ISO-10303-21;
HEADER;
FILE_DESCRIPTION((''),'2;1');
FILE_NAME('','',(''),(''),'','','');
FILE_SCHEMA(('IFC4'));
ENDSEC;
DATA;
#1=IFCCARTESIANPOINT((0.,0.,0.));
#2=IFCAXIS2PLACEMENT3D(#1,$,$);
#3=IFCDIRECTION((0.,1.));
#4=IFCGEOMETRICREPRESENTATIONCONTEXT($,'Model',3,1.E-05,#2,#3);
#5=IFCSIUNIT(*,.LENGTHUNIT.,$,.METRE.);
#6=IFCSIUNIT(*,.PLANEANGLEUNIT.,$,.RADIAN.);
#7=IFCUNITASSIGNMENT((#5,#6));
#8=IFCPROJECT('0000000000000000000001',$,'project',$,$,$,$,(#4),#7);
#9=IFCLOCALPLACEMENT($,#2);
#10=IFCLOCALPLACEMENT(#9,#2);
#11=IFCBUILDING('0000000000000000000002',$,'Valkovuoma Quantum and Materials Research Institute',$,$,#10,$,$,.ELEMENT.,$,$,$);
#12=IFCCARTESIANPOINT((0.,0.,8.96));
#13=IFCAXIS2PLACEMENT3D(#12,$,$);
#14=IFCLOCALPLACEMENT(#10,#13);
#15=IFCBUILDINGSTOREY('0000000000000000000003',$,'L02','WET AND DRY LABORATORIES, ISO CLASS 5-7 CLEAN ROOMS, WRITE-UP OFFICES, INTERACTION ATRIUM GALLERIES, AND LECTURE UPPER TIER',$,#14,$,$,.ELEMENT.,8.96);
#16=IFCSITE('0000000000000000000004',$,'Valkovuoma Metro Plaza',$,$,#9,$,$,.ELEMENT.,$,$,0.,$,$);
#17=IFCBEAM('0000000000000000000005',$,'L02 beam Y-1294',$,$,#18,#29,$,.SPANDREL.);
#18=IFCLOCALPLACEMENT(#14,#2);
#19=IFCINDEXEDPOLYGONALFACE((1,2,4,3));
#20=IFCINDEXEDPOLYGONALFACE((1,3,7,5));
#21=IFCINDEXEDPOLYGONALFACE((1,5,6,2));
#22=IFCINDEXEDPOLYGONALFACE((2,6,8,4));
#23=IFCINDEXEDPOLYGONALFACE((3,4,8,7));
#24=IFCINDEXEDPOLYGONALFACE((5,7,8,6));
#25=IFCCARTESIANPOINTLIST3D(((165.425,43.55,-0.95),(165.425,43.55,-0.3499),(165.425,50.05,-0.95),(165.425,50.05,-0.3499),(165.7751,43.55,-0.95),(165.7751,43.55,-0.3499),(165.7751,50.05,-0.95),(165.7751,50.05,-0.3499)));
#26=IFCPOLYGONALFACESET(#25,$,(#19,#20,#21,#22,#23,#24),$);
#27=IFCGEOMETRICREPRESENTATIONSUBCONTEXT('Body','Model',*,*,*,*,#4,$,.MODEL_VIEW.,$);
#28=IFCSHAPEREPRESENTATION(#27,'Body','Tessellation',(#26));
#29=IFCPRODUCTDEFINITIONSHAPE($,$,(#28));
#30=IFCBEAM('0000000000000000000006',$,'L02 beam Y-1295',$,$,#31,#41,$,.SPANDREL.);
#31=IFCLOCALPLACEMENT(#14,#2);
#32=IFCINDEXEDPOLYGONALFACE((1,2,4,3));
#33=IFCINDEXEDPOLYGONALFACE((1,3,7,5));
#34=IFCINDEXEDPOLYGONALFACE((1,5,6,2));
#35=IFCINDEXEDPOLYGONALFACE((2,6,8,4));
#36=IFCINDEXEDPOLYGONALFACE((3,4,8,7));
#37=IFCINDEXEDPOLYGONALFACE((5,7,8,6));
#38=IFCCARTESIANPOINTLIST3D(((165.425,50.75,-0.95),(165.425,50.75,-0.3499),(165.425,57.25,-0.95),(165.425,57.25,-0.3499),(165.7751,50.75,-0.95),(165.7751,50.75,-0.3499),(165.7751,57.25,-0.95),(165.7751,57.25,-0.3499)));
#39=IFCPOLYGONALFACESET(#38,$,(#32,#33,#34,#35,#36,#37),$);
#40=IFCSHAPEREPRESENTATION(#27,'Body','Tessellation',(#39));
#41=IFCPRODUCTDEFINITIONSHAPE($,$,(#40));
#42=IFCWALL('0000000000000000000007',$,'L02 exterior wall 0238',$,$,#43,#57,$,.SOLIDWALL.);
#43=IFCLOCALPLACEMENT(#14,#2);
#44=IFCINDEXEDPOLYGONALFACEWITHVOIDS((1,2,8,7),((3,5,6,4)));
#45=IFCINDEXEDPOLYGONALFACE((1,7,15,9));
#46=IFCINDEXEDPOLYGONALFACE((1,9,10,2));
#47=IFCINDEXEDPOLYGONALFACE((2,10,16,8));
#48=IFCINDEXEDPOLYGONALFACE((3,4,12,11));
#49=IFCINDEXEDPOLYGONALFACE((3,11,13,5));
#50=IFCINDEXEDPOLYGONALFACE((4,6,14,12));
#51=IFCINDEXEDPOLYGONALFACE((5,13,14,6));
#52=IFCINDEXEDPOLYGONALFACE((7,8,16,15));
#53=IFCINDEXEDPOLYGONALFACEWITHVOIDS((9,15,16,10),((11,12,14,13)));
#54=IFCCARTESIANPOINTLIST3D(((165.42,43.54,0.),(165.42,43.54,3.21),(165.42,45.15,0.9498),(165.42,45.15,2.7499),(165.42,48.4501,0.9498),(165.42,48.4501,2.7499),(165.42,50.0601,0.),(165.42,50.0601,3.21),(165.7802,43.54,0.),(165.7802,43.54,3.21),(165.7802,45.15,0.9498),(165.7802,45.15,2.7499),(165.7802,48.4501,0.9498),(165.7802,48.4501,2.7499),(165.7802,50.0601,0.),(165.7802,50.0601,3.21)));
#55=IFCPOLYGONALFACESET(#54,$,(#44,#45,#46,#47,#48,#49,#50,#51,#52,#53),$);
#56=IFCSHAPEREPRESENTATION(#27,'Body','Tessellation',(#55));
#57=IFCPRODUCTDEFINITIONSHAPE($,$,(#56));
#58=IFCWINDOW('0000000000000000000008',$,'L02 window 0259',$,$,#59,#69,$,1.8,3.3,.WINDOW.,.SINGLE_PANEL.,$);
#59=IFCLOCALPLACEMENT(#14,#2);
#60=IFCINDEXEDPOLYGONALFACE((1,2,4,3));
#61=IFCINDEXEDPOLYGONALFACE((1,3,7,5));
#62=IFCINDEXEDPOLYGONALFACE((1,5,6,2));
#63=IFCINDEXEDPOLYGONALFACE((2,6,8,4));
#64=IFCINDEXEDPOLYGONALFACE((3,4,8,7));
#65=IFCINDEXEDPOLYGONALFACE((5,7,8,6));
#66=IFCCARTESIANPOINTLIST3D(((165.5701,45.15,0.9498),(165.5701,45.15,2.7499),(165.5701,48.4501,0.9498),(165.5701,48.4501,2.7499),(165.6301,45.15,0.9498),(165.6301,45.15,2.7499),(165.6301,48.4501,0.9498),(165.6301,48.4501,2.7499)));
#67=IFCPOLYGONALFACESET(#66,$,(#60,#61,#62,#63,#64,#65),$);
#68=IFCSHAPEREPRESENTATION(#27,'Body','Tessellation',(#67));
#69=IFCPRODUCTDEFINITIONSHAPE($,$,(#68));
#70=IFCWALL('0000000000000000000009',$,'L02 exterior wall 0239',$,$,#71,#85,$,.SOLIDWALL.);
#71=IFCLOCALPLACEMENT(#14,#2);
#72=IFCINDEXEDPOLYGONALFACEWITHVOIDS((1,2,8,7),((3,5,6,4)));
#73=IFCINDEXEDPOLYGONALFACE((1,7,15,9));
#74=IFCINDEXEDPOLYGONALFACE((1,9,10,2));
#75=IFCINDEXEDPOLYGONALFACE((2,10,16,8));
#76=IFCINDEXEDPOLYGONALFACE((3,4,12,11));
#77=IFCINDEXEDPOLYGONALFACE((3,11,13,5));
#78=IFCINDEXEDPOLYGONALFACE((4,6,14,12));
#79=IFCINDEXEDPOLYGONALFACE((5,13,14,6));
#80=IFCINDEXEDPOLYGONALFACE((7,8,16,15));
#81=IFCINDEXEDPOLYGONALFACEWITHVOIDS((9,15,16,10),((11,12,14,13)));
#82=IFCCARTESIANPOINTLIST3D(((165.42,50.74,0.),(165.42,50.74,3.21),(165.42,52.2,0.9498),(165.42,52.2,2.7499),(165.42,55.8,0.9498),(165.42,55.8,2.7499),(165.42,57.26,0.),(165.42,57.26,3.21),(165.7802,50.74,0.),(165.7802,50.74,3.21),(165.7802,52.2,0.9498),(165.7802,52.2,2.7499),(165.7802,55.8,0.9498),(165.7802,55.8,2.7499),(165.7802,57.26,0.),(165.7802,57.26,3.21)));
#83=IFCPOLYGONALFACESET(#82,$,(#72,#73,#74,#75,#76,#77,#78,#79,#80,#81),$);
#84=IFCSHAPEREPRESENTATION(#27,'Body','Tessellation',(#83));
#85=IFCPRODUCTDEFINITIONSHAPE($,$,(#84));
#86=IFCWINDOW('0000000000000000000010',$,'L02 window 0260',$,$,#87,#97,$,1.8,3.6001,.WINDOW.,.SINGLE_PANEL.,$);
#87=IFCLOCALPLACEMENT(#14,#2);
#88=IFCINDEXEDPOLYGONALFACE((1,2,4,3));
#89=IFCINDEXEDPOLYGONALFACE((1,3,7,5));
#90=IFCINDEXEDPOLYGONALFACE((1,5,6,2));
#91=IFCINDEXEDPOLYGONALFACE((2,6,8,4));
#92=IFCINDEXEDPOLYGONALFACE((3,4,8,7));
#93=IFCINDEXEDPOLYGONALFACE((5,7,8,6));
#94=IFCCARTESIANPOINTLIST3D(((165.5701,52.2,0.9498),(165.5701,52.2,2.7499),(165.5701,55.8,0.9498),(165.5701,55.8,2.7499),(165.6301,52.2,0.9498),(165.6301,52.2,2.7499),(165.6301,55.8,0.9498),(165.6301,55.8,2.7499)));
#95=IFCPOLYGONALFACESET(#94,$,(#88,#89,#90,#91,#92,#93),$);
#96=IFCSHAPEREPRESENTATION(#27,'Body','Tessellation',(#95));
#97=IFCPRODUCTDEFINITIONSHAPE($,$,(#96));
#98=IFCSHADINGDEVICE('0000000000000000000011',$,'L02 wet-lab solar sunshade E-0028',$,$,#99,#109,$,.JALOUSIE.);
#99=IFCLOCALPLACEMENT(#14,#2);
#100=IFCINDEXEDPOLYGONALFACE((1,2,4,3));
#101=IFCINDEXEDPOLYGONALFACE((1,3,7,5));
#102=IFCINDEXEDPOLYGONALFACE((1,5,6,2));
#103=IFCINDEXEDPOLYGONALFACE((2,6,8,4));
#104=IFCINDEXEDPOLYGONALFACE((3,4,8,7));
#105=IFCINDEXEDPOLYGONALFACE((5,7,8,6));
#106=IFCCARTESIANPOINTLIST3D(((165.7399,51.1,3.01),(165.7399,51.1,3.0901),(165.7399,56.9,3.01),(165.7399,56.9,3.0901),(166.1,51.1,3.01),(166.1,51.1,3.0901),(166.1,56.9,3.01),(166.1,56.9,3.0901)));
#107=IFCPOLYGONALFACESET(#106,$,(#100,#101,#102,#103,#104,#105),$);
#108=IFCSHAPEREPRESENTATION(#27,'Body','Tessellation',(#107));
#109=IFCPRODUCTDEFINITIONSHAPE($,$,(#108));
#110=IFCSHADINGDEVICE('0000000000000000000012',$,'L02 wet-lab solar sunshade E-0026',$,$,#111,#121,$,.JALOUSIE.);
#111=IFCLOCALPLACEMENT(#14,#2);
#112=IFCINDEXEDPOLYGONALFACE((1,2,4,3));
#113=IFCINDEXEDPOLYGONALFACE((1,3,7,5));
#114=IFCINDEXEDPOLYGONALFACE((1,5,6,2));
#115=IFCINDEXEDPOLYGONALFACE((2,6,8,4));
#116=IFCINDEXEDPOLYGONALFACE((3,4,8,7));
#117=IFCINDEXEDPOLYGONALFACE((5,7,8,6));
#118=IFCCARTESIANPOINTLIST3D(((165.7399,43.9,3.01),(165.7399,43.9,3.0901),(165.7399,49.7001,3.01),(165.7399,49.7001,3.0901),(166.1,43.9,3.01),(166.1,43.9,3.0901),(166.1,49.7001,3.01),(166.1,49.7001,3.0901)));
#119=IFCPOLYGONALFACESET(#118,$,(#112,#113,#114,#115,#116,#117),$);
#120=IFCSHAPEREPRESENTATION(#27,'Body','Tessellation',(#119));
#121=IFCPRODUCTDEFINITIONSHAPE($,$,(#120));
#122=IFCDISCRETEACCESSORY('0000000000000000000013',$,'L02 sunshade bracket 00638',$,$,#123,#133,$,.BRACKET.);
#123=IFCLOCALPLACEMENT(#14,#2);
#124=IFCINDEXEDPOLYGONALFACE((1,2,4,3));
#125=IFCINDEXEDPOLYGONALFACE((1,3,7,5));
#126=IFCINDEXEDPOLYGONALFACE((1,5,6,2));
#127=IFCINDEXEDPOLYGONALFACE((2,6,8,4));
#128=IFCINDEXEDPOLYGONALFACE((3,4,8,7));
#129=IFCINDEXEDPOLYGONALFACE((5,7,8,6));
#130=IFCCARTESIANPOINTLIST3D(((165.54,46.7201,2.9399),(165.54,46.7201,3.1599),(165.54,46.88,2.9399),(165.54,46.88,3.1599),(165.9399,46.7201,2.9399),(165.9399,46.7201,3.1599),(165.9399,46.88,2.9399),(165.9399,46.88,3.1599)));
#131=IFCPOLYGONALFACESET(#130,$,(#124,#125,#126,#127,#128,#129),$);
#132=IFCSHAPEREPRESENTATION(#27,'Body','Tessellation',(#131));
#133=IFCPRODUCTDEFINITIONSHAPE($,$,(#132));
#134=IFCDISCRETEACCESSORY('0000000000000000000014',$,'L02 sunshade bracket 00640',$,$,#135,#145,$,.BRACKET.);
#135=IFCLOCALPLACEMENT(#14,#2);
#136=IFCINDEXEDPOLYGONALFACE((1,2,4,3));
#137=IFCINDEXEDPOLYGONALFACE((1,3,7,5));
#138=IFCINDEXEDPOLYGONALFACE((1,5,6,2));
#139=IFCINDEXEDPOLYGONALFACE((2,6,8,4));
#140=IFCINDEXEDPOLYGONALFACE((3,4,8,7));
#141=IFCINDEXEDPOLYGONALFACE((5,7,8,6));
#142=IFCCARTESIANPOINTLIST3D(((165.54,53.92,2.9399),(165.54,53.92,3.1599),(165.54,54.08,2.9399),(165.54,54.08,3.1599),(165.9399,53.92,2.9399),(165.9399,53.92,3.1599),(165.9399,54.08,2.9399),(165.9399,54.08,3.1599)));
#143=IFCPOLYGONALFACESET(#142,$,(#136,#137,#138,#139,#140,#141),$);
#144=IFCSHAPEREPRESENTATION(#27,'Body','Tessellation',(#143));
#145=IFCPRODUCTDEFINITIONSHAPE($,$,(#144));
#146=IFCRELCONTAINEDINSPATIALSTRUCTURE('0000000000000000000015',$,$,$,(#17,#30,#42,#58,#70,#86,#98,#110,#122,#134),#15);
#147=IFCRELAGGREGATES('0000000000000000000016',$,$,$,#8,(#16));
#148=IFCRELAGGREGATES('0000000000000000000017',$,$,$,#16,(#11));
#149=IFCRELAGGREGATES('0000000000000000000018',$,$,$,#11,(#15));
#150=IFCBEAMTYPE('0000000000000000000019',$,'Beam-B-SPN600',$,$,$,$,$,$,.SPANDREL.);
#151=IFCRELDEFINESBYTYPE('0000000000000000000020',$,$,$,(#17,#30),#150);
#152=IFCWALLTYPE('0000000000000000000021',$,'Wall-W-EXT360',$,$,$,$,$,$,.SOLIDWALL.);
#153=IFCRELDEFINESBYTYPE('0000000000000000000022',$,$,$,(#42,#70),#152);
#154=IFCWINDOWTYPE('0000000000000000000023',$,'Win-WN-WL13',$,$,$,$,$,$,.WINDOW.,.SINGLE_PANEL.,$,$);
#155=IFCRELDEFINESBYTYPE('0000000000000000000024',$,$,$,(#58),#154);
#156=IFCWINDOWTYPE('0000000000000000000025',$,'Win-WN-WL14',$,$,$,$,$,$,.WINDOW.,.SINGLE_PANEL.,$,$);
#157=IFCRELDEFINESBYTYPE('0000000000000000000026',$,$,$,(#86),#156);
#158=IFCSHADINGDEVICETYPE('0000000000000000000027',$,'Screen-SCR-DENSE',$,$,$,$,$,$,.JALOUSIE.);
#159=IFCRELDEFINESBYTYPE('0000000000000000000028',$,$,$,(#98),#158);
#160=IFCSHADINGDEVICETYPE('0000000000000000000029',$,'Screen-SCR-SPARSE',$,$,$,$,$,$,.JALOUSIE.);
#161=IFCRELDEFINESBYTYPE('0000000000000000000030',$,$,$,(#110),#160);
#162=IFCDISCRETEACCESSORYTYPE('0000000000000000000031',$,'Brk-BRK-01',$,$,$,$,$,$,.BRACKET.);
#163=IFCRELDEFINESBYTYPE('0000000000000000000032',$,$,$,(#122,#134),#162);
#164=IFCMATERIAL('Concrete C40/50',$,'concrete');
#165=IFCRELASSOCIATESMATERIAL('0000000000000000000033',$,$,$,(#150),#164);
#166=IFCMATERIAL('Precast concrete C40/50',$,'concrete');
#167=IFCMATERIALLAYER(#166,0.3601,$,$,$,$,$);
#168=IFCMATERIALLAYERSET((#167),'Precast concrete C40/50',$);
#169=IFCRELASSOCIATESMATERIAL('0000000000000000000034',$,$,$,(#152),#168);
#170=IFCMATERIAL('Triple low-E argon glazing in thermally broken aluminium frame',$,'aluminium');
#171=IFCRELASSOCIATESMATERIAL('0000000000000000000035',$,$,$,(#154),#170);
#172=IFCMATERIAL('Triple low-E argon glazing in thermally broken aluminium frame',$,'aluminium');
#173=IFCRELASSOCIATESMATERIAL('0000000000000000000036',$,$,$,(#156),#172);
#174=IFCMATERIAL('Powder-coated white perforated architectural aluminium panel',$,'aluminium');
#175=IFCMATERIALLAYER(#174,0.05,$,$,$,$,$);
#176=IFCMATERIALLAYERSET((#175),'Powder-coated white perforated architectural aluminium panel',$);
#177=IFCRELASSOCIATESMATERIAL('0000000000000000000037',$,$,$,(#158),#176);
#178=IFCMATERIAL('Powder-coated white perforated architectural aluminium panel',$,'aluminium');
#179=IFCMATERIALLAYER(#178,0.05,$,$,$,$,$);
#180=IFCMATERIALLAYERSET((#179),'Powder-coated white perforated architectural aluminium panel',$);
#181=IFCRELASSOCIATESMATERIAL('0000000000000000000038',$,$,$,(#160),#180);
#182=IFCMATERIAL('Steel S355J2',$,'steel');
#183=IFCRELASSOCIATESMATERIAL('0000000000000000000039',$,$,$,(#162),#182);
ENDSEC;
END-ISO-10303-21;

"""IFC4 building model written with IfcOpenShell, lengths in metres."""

from ifc_helpers import new_model, si_unit, direction, frame, frame_2d, origin, origin_2d, place, context, subcontext, project, spatial, rectangle, extrude, material, layer, layer_set, material_profile, profile_set, type_object, element, fill, save


model = new_model("IFC4")

# Units and contexts
model_context = context("Model", 3, precision=1e-05, world=origin(), true_north=direction((0.0, 1.0)))
body_context = subcontext(model_context, "Body", "Model", "MODEL_VIEW")
ifc_project = project(units=[si_unit("LENGTHUNIT", "METRE"), si_unit("PLANEANGLEUNIT", "RADIAN")], contexts=[model_context])

# Site, building, storey
site_placement = place(None, origin())
site = spatial("IfcSite", under=ifc_project, at=site_placement, Name="Valkovuoma Metro Plaza", CompositionType="ELEMENT", RefElevation=0.0)
building_placement = place(site_placement, origin())
building = spatial("IfcBuilding", under=site, at=building_placement, Name="Valkovuoma Quantum and Materials Research Institute", CompositionType="ELEMENT")
storey_placement = place(building_placement, frame((0.0, 0.0, 8.96)))
storey = spatial("IfcBuildingStorey", under=building, at=storey_placement, Name="L02", Description="WET AND DRY LABORATORIES, ISO CLASS 5-7 CLEAN ROOMS, WRITE-UP OFFICES, INTERACTION ATRIUM GALLERIES, AND LECTURE UPPER TIER", CompositionType="ELEMENT", Elevation=8.96)

# Beams
ifc_material_1 = material(Name="Concrete C40/50", Category="concrete")
ifc_material_profile_1 = material_profile(ifc_material_1, rectangle(XDim=0.3501, YDim=0.6001, at=origin_2d()), Name="Concrete C40/50")
ifc_profile_set_1 = profile_set([ifc_material_profile_1], Name="Concrete C40/50")
beam_type_1 = type_object("IfcBeamType", Name="Beam-B-SPN600", PredefinedType="SPANDREL", material=ifc_profile_set_1)
for number, where, z_axis, x_axis, name in (
    (1, (165.6001, 43.55, -0.6499), (0.0, 1.0, 0.0), (-1.0, 0.0, 0.0), "L02 beam Y-1294"),
    (2, (165.6001, 50.75, -0.6499), (0.0, 1.0, 0.0), (-1.0, 0.0, 0.0), "L02 beam Y-1295"),
):
    element("IfcBeam", number, at=place(storey_placement, frame(where, z_axis=z_axis, x_axis=x_axis)), inside=storey, type_object=beam_type_1, Name=name, PredefinedType="SPANDREL", context=body_context, shape_type="SweptSolid", body=[
        extrude(rectangle(XDim=0.3501, YDim=0.6001, at=origin_2d()), origin(), (0.0, 0.0, 1.0), 6.5),
    ])

# Walls, openings, windows
ifc_material_2 = material(Name="Precast concrete C40/50", Category="concrete")
ifc_layer_1 = layer(ifc_material_2, 0.3601)
ifc_layer_set_1 = layer_set([ifc_layer_1], Name="Precast concrete C40/50")
wall_type = type_object("IfcWallType", Name="Wall-W-EXT360", PredefinedType="SOLIDWALL", material=ifc_layer_set_1)
wall_1_placement = place(storey_placement, frame((165.6001, 43.54, 0.0), z_axis=(0.0, 0.0, 1.0), x_axis=(0.0, 1.0, 0.0)))
wall_1 = element("IfcWall", 3, at=wall_1_placement, inside=storey, type_object=wall_type, Name="L02 exterior wall 0238", PredefinedType="SOLIDWALL", context=body_context, shape_type="SweptSolid", body=[
    extrude(rectangle(XDim=6.52, YDim=0.3601, at=frame_2d((3.26, 0.0))), origin(), (0.0, 0.0, 1.0), 3.21),
])
opening_1_placement = place(wall_1_placement, frame((1.6101, 0.0, 0.95)))
opening_1 = element("IfcOpeningElement", 4, at=opening_1_placement, cuts=wall_1, PredefinedType="OPENING", context=body_context, shape_type="SweptSolid", body=[
    extrude(rectangle(XDim=3.3, YDim=1.8, at=frame_2d((1.6499, 0.8999))), frame((0.0, 0.1899, 0.0), z_axis=(0.0, -1.0, 0.0), x_axis=(1.0, 0.0, 0.0)), (0.0, 0.0, 1.0), 0.3801),
])
ifc_material_3 = material(Name="Triple low-E argon glazing in thermally broken aluminium frame", Category="aluminium")
window_type_1 = type_object("IfcWindowType", Name="Win-WN-WL13", PartitioningType="SINGLE_PANEL", PredefinedType="WINDOW", material=ifc_material_3)
window_1_placement = place(opening_1_placement, origin())
window_1 = element("IfcWindow", 5, at=window_1_placement, inside=storey, type_object=window_type_1, Name="L02 window 0259", OverallHeight=1.8, OverallWidth=3.3, PartitioningType="SINGLE_PANEL", PredefinedType="WINDOW", context=body_context, shape_type="SweptSolid", body=[
    extrude(rectangle(XDim=3.3, YDim=1.8, at=frame_2d((1.6499, 0.8999))), frame((0.0, 0.03, 0.0), z_axis=(0.0, -1.0, 0.0), x_axis=(1.0, 0.0, 0.0)), (0.0, 0.0, 1.0), 0.0601),
])
fill(opening_1, window_1)
wall_2_placement = place(storey_placement, frame((165.6001, 50.74, 0.0), z_axis=(0.0, 0.0, 1.0), x_axis=(0.0, 1.0, 0.0)))
wall_2 = element("IfcWall", 6, at=wall_2_placement, inside=storey, type_object=wall_type, Name="L02 exterior wall 0239", PredefinedType="SOLIDWALL", context=body_context, shape_type="SweptSolid", body=[
    extrude(rectangle(XDim=6.52, YDim=0.3601, at=frame_2d((3.26, 0.0))), origin(), (0.0, 0.0, 1.0), 3.21),
])
opening_2_placement = place(wall_2_placement, frame((1.46, 0.0, 0.95)))
opening_2 = element("IfcOpeningElement", 7, at=opening_2_placement, cuts=wall_2, PredefinedType="OPENING", context=body_context, shape_type="SweptSolid", body=[
    extrude(rectangle(XDim=3.6001, YDim=1.8, at=frame_2d((1.8, 0.8999))), frame((0.0, 0.1899, 0.0), z_axis=(0.0, -1.0, 0.0), x_axis=(1.0, 0.0, 0.0)), (0.0, 0.0, 1.0), 0.3801),
])
ifc_material_4 = material(Name="Triple low-E argon glazing in thermally broken aluminium frame", Category="aluminium")
window_type_2 = type_object("IfcWindowType", Name="Win-WN-WL14", PartitioningType="SINGLE_PANEL", PredefinedType="WINDOW", material=ifc_material_4)
window_2_placement = place(opening_2_placement, origin())
window_2 = element("IfcWindow", 8, at=window_2_placement, inside=storey, type_object=window_type_2, Name="L02 window 0260", OverallHeight=1.8, OverallWidth=3.6001, PartitioningType="SINGLE_PANEL", PredefinedType="WINDOW", context=body_context, shape_type="SweptSolid", body=[
    extrude(rectangle(XDim=3.6001, YDim=1.8, at=frame_2d((1.8, 0.8999))), frame((0.0, 0.03, 0.0), z_axis=(0.0, -1.0, 0.0), x_axis=(1.0, 0.0, 0.0)), (0.0, 0.0, 1.0), 0.0601),
])
fill(opening_2, window_2)

# Shading devices
ifc_material_5 = material(Name="Powder-coated white perforated architectural aluminium panel", Category="aluminium")
ifc_layer_2 = layer(ifc_material_5, 0.05)
ifc_layer_set_2 = layer_set([ifc_layer_2], Name="Powder-coated white perforated architectural aluminium panel")
shading_device_type_1 = type_object("IfcShadingDeviceType", Name="Screen-SCR-DENSE", PredefinedType="JALOUSIE", material=ifc_layer_set_2)
shading_device_1_placement = place(storey_placement, frame((165.9199, 54.0, 3.01), z_axis=(0.0, 0.0, 1.0), x_axis=(1.0, 0.0, 0.0)))
element("IfcShadingDevice", 9, at=shading_device_1_placement, inside=storey, type_object=shading_device_type_1, Name="L02 wet-lab solar sunshade E-0028", PredefinedType="JALOUSIE", context=body_context, shape_type="SweptSolid", body=[
    extrude(rectangle(XDim=0.3601, YDim=5.8, at=origin_2d()), origin(), (0.0, 0.0, 1.0), 0.0801),
])
ifc_material_6 = material(Name="Powder-coated white perforated architectural aluminium panel", Category="aluminium")
ifc_layer_3 = layer(ifc_material_6, 0.05)
ifc_layer_set_3 = layer_set([ifc_layer_3], Name="Powder-coated white perforated architectural aluminium panel")
shading_device_type_2 = type_object("IfcShadingDeviceType", Name="Screen-SCR-SPARSE", PredefinedType="JALOUSIE", material=ifc_layer_set_3)
shading_device_2_placement = place(storey_placement, frame((165.9199, 46.8, 3.01), z_axis=(0.0, 0.0, 1.0), x_axis=(1.0, 0.0, 0.0)))
element("IfcShadingDevice", 10, at=shading_device_2_placement, inside=storey, type_object=shading_device_type_2, Name="L02 wet-lab solar sunshade E-0026", PredefinedType="JALOUSIE", context=body_context, shape_type="SweptSolid", body=[
    extrude(rectangle(XDim=0.3601, YDim=5.8, at=origin_2d()), origin(), (0.0, 0.0, 1.0), 0.0801),
])

# Discrete accessories
ifc_material_7 = material(Name="Steel S355J2", Category="steel")
discrete_accessory_type = type_object("IfcDiscreteAccessoryType", Name="Brk-BRK-01", PredefinedType="BRACKET", material=ifc_material_7)
for number, where, z_axis, x_axis, name in (
    (11, (165.74, 46.8, 2.9399), (0.0, 0.0, 1.0), (1.0, 0.0, 0.0), "L02 sunshade bracket 00638"),
    (12, (165.74, 54.0, 2.9399), (0.0, 0.0, 1.0), (1.0, 0.0, 0.0), "L02 sunshade bracket 00640"),
):
    element("IfcDiscreteAccessory", number, at=place(storey_placement, frame(where, z_axis=z_axis, x_axis=x_axis)), inside=storey, type_object=discrete_accessory_type, Name=name, PredefinedType="BRACKET", context=body_context, shape_type="SweptSolid", body=[
        extrude(rectangle(XDim=0.3999, YDim=0.1599, at=origin_2d()), origin(), (0.0, 0.0, 1.0), 0.22),
    ])

save(model, "model.ifc")
